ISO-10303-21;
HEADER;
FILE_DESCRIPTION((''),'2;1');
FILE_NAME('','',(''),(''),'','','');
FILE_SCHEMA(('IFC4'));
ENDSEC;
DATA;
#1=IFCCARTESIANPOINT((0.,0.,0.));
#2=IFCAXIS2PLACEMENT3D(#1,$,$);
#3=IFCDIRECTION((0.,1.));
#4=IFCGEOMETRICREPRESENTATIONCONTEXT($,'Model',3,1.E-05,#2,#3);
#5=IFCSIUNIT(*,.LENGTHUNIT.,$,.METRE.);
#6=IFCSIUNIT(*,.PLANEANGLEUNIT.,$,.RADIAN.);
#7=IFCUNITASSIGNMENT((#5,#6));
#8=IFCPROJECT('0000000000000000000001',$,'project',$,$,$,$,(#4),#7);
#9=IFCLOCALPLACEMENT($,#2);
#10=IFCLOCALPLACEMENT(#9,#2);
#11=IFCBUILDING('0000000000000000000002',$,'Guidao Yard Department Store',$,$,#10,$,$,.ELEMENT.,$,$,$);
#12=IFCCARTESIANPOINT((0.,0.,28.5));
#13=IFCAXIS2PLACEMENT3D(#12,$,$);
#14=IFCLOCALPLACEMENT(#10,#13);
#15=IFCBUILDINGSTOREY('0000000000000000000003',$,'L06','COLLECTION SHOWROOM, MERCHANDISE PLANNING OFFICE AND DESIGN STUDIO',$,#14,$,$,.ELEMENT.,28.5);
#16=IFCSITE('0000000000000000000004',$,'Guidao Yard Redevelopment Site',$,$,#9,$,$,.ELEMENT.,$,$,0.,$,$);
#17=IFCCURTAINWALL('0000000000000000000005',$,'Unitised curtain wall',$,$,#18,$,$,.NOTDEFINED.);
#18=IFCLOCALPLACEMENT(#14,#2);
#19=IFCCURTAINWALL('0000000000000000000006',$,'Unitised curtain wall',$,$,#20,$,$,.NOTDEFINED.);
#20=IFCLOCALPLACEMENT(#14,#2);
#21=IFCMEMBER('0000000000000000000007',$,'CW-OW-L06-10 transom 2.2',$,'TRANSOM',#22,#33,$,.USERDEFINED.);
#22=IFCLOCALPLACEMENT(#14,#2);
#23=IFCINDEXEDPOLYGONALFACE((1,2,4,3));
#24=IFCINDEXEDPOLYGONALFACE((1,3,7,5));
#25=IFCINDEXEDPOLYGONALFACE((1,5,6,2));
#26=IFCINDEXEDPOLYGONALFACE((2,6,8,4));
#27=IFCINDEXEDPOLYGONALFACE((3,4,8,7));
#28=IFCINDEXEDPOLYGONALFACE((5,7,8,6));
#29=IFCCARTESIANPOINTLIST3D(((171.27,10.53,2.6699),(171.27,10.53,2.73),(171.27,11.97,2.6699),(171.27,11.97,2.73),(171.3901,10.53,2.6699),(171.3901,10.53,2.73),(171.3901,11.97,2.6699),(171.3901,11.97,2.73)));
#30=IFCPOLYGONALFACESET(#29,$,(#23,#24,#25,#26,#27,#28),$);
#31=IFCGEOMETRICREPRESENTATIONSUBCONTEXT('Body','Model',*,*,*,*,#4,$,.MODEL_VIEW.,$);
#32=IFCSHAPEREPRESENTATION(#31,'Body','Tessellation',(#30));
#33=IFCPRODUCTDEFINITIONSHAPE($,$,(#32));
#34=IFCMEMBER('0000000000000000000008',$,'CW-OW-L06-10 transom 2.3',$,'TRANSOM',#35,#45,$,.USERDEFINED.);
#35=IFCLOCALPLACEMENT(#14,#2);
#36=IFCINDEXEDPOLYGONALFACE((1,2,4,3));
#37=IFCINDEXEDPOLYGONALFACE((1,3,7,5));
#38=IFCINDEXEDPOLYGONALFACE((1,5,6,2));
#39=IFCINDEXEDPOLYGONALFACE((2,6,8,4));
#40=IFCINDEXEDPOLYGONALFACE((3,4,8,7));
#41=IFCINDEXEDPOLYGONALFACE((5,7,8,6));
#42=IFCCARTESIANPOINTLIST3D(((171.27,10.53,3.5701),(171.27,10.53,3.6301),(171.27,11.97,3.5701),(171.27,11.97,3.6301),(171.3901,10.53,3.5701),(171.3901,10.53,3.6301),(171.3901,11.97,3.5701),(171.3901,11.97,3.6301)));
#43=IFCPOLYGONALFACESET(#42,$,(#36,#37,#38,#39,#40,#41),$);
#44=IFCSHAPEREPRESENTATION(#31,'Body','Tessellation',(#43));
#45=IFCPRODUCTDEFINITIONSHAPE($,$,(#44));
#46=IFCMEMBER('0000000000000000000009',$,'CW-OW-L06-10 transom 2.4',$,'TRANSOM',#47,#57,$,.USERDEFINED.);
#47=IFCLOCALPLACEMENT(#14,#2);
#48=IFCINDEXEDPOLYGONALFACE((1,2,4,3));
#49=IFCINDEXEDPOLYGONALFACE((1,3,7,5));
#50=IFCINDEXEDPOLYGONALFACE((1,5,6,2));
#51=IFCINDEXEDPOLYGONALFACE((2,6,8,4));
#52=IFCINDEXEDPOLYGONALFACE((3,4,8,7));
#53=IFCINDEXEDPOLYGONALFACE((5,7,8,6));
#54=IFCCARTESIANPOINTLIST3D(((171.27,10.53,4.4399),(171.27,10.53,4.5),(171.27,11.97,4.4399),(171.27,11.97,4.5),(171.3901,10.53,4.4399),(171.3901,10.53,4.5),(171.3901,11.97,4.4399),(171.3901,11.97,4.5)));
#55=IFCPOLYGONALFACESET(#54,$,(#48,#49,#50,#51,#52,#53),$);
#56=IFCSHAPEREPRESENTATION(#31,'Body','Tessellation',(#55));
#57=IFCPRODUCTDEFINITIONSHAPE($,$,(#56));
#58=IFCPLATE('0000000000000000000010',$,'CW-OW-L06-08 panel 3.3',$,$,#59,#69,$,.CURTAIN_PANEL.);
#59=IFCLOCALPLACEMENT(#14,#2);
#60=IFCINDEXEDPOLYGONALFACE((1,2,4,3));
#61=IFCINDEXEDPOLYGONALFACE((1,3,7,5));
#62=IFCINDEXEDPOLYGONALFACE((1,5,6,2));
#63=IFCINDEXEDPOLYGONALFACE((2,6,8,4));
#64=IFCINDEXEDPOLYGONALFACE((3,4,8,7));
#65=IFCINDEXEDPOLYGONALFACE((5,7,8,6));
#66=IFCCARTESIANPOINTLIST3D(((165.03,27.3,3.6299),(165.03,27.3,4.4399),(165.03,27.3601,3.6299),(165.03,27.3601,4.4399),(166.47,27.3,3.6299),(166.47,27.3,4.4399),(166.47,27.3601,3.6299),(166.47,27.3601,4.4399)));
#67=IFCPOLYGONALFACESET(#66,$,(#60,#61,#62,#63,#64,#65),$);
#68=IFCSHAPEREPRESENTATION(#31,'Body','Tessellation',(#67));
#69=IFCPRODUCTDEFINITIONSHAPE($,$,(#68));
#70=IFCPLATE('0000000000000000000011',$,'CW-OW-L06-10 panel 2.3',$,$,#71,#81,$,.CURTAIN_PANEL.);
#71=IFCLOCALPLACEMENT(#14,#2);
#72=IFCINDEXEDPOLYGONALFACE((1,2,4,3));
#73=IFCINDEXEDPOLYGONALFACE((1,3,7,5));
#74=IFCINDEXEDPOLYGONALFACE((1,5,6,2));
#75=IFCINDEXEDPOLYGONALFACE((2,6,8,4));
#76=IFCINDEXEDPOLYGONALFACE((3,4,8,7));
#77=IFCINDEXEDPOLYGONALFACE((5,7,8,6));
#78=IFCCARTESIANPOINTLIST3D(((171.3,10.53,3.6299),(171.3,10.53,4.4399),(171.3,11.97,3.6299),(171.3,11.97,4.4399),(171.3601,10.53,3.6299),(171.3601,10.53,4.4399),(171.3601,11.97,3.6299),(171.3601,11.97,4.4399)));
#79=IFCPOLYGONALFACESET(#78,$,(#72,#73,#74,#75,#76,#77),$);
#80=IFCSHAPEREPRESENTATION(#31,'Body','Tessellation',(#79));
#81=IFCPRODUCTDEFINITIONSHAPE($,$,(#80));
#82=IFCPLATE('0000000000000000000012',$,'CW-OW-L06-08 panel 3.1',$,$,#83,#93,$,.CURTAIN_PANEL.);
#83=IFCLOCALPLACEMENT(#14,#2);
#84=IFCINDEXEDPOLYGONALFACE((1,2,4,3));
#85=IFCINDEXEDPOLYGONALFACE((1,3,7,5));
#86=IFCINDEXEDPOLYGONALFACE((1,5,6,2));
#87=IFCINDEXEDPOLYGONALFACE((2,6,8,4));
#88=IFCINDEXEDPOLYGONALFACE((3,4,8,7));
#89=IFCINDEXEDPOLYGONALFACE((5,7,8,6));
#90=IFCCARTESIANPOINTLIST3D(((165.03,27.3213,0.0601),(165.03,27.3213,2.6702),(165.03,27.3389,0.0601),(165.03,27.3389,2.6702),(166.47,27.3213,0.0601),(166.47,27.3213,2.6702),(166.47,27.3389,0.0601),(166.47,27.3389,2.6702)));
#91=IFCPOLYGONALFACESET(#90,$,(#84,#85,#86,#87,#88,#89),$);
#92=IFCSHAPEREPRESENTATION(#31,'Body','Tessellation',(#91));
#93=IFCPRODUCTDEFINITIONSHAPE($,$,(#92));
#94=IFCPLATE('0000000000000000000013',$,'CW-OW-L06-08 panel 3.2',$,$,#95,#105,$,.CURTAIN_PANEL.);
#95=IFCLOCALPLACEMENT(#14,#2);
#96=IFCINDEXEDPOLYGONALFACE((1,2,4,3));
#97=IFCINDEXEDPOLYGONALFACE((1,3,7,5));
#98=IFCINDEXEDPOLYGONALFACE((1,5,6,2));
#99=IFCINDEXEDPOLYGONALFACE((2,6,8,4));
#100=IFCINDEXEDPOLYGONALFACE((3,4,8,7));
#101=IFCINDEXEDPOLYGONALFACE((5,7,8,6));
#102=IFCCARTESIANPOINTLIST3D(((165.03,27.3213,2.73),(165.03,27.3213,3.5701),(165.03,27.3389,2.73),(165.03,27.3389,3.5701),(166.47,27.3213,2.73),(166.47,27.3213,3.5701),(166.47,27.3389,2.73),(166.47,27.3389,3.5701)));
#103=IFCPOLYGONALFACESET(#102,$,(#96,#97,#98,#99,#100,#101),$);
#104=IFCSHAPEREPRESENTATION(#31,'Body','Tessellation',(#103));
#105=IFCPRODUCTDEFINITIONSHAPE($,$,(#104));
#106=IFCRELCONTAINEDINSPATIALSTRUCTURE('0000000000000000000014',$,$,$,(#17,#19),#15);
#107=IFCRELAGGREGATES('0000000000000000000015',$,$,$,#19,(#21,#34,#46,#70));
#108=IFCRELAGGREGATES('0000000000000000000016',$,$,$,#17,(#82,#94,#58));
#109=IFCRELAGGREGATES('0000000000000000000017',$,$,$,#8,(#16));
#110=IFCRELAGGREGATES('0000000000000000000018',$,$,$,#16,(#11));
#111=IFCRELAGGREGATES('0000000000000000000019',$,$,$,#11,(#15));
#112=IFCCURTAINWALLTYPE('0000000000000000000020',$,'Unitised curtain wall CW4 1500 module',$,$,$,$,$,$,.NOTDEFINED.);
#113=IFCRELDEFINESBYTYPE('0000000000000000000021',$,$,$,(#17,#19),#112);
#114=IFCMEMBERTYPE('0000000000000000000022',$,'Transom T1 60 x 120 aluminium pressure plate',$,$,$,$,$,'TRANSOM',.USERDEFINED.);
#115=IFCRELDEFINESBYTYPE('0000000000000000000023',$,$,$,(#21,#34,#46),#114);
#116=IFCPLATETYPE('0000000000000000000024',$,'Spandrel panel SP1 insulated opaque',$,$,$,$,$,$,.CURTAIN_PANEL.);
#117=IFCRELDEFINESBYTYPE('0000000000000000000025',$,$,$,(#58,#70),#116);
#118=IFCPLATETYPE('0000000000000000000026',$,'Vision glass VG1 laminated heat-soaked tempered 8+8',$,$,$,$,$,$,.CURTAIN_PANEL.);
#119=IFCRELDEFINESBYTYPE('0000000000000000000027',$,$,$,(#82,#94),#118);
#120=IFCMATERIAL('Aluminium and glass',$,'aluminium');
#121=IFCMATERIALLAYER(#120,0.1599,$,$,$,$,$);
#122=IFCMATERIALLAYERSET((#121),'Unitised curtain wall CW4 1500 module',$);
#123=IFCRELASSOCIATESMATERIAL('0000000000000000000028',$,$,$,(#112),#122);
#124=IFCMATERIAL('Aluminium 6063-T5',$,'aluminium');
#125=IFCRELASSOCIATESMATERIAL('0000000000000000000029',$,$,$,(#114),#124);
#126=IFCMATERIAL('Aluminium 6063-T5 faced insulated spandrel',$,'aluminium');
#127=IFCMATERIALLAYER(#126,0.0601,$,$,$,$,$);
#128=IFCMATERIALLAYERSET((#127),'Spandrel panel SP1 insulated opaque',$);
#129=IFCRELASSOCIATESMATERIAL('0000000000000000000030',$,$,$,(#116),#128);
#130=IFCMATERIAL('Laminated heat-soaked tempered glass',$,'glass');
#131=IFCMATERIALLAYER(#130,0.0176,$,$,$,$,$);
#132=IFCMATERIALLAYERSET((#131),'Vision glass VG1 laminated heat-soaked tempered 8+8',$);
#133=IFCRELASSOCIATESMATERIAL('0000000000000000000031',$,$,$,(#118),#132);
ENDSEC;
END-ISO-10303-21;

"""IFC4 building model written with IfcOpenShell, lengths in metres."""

from ifc_helpers import new_model, si_unit, direction, frame, origin, origin_2d, place, context, subcontext, project, spatial, rectangle, extrude, material, layer, layer_set, material_profile, profile_set, type_object, element, aggregate, save


model = new_model("IFC4")

# Units and contexts
model_context = context("Model", 3, precision=1e-05, world=origin(), true_north=direction((0.0, 1.0)))
body_context = subcontext(model_context, "Body", "Model", "MODEL_VIEW")
ifc_project = project(units=[si_unit("LENGTHUNIT", "METRE"), si_unit("PLANEANGLEUNIT", "RADIAN")], contexts=[model_context])

# Site, building, storey
site_placement = place(None, origin())
site = spatial("IfcSite", under=ifc_project, at=site_placement, Name="Guidao Yard Redevelopment Site", CompositionType="ELEMENT", RefElevation=0.0)
building_placement = place(site_placement, origin())
building = spatial("IfcBuilding", under=site, at=building_placement, Name="Guidao Yard Department Store", CompositionType="ELEMENT")
storey_placement = place(building_placement, frame((0.0, 0.0, 28.5)))
storey = spatial("IfcBuildingStorey", under=building, at=storey_placement, Name="L06", Description="COLLECTION SHOWROOM, MERCHANDISE PLANNING OFFICE AND DESIGN STUDIO", CompositionType="ELEMENT", Elevation=28.5)

# Curtain wall
ifc_material_1 = material(Name="Aluminium and glass", Category="aluminium")
ifc_layer_1 = layer(ifc_material_1, 0.1599)
ifc_layer_set_1 = layer_set([ifc_layer_1], Name="Unitised curtain wall CW4 1500 module")
curtain_wall_type = type_object("IfcCurtainWallType", Name="Unitised curtain wall CW4 1500 module", PredefinedType="NOTDEFINED", material=ifc_layer_set_1)
curtain_wall_1_placement = place(storey_placement, origin())
curtain_wall_1 = element("IfcCurtainWall", 1, at=curtain_wall_1_placement, inside=storey, type_object=curtain_wall_type, Name="Unitised curtain wall", PredefinedType="NOTDEFINED")

# Curtain wall
curtain_wall_2_placement = place(storey_placement, origin())
curtain_wall_2 = element("IfcCurtainWall", 2, at=curtain_wall_2_placement, inside=storey, type_object=curtain_wall_type, Name="Unitised curtain wall", PredefinedType="NOTDEFINED")

# Members
ifc_material_2 = material(Name="Aluminium 6063-T5", Category="aluminium")
ifc_material_profile_1 = material_profile(ifc_material_2, rectangle(XDim=0.1201, YDim=0.0601, at=origin_2d()), Name="Transom T1 60 x 120 aluminium pressure plate")
ifc_profile_set_1 = profile_set([ifc_material_profile_1], Name="Aluminium 6063-T5")
member_type_1 = type_object("IfcMemberType", Name="Transom T1 60 x 120 aluminium pressure plate", ElementType="TRANSOM", PredefinedType="USERDEFINED", material=ifc_profile_set_1)
member_1_placement = place(storey_placement, frame((171.3301, 11.97, 2.7), z_axis=(0.0, -1.0, 0.0), x_axis=(1.0, 0.0, 0.0)))
member_1 = element("IfcMember", 3, at=member_1_placement, type_object=member_type_1, Name="CW-OW-L06-10 transom 2.2", ObjectType="TRANSOM", PredefinedType="USERDEFINED", context=body_context, shape_type="SweptSolid", body=[
    extrude(rectangle(XDim=0.1201, YDim=0.0601, at=origin_2d()), origin(), (0.0, 0.0, 1.0), 1.4399),
])
member_2_placement = place(storey_placement, frame((171.3301, 11.97, 3.6001), z_axis=(0.0, -1.0, 0.0), x_axis=(1.0, 0.0, 0.0)))
member_2 = element("IfcMember", 4, at=member_2_placement, type_object=member_type_1, Name="CW-OW-L06-10 transom 2.3", ObjectType="TRANSOM", PredefinedType="USERDEFINED", context=body_context, shape_type="SweptSolid", body=[
    extrude(rectangle(XDim=0.1201, YDim=0.0601, at=origin_2d()), origin(), (0.0, 0.0, 1.0), 1.4399),
])
member_3_placement = place(storey_placement, frame((171.3301, 11.97, 4.47), z_axis=(0.0, -1.0, 0.0), x_axis=(1.0, 0.0, 0.0)))
member_3 = element("IfcMember", 5, at=member_3_placement, type_object=member_type_1, Name="CW-OW-L06-10 transom 2.4", ObjectType="TRANSOM", PredefinedType="USERDEFINED", context=body_context, shape_type="SweptSolid", body=[
    extrude(rectangle(XDim=0.1201, YDim=0.0601, at=origin_2d()), origin(), (0.0, 0.0, 1.0), 1.4399),
])

# Plates
ifc_material_3 = material(Name="Aluminium 6063-T5 faced insulated spandrel", Category="aluminium")
ifc_layer_2 = layer(ifc_material_3, 0.0601)
ifc_layer_set_2 = layer_set([ifc_layer_2], Name="Spandrel panel SP1 insulated opaque")
plate_type_1 = type_object("IfcPlateType", Name="Spandrel panel SP1 insulated opaque", PredefinedType="CURTAIN_PANEL", material=ifc_layer_set_2)
plate_1_placement = place(storey_placement, frame((165.75, 27.3301, 3.6299), z_axis=(0.0, 0.0, 1.0), x_axis=(1.0, 0.0, 0.0)))
plate_1 = element("IfcPlate", 6, at=plate_1_placement, type_object=plate_type_1, Name="CW-OW-L06-08 panel 3.3", PredefinedType="CURTAIN_PANEL", context=body_context, shape_type="SweptSolid", body=[
    extrude(rectangle(XDim=1.4399, YDim=0.0601, at=origin_2d()), origin(), (0.0, 0.0, 1.0), 0.8101),
])
plate_2_placement = place(storey_placement, frame((171.3301, 11.25, 3.6299), z_axis=(0.0, 0.0, 1.0), x_axis=(0.0, -1.0, 0.0)))
plate_2 = element("IfcPlate", 7, at=plate_2_placement, type_object=plate_type_1, Name="CW-OW-L06-10 panel 2.3", PredefinedType="CURTAIN_PANEL", context=body_context, shape_type="SweptSolid", body=[
    extrude(rectangle(XDim=1.4399, YDim=0.0601, at=origin_2d()), origin(), (0.0, 0.0, 1.0), 0.8101),
])
aggregate(curtain_wall_2, [member_1, member_2, member_3, plate_2])
ifc_material_4 = material(Name="Laminated heat-soaked tempered glass", Category="glass")
ifc_layer_3 = layer(ifc_material_4, 0.0176)
ifc_layer_set_3 = layer_set([ifc_layer_3], Name="Vision glass VG1 laminated heat-soaked tempered 8+8")
plate_type_2 = type_object("IfcPlateType", Name="Vision glass VG1 laminated heat-soaked tempered 8+8", PredefinedType="CURTAIN_PANEL", material=ifc_layer_set_3)
plate_3_placement = place(storey_placement, frame((165.75, 27.3301, 0.0601), z_axis=(0.0, 0.0, 1.0), x_axis=(1.0, 0.0, 0.0)))
plate_3 = element("IfcPlate", 8, at=plate_3_placement, type_object=plate_type_2, Name="CW-OW-L06-08 panel 3.1", PredefinedType="CURTAIN_PANEL", context=body_context, shape_type="SweptSolid", body=[
    extrude(rectangle(XDim=1.4399, YDim=0.0176, at=origin_2d()), origin(), (0.0, 0.0, 1.0), 2.6101),
])
plate_4_placement = place(storey_placement, frame((165.75, 27.3301, 2.73), z_axis=(0.0, 0.0, 1.0), x_axis=(1.0, 0.0, 0.0)))
plate_4 = element("IfcPlate", 9, at=plate_4_placement, type_object=plate_type_2, Name="CW-OW-L06-08 panel 3.2", PredefinedType="CURTAIN_PANEL", context=body_context, shape_type="SweptSolid", body=[
    extrude(rectangle(XDim=1.4399, YDim=0.0176, at=origin_2d()), origin(), (0.0, 0.0, 1.0), 0.8401),
])
aggregate(curtain_wall_1, [plate_3, plate_4, plate_1])

save(model, "model.ifc")
